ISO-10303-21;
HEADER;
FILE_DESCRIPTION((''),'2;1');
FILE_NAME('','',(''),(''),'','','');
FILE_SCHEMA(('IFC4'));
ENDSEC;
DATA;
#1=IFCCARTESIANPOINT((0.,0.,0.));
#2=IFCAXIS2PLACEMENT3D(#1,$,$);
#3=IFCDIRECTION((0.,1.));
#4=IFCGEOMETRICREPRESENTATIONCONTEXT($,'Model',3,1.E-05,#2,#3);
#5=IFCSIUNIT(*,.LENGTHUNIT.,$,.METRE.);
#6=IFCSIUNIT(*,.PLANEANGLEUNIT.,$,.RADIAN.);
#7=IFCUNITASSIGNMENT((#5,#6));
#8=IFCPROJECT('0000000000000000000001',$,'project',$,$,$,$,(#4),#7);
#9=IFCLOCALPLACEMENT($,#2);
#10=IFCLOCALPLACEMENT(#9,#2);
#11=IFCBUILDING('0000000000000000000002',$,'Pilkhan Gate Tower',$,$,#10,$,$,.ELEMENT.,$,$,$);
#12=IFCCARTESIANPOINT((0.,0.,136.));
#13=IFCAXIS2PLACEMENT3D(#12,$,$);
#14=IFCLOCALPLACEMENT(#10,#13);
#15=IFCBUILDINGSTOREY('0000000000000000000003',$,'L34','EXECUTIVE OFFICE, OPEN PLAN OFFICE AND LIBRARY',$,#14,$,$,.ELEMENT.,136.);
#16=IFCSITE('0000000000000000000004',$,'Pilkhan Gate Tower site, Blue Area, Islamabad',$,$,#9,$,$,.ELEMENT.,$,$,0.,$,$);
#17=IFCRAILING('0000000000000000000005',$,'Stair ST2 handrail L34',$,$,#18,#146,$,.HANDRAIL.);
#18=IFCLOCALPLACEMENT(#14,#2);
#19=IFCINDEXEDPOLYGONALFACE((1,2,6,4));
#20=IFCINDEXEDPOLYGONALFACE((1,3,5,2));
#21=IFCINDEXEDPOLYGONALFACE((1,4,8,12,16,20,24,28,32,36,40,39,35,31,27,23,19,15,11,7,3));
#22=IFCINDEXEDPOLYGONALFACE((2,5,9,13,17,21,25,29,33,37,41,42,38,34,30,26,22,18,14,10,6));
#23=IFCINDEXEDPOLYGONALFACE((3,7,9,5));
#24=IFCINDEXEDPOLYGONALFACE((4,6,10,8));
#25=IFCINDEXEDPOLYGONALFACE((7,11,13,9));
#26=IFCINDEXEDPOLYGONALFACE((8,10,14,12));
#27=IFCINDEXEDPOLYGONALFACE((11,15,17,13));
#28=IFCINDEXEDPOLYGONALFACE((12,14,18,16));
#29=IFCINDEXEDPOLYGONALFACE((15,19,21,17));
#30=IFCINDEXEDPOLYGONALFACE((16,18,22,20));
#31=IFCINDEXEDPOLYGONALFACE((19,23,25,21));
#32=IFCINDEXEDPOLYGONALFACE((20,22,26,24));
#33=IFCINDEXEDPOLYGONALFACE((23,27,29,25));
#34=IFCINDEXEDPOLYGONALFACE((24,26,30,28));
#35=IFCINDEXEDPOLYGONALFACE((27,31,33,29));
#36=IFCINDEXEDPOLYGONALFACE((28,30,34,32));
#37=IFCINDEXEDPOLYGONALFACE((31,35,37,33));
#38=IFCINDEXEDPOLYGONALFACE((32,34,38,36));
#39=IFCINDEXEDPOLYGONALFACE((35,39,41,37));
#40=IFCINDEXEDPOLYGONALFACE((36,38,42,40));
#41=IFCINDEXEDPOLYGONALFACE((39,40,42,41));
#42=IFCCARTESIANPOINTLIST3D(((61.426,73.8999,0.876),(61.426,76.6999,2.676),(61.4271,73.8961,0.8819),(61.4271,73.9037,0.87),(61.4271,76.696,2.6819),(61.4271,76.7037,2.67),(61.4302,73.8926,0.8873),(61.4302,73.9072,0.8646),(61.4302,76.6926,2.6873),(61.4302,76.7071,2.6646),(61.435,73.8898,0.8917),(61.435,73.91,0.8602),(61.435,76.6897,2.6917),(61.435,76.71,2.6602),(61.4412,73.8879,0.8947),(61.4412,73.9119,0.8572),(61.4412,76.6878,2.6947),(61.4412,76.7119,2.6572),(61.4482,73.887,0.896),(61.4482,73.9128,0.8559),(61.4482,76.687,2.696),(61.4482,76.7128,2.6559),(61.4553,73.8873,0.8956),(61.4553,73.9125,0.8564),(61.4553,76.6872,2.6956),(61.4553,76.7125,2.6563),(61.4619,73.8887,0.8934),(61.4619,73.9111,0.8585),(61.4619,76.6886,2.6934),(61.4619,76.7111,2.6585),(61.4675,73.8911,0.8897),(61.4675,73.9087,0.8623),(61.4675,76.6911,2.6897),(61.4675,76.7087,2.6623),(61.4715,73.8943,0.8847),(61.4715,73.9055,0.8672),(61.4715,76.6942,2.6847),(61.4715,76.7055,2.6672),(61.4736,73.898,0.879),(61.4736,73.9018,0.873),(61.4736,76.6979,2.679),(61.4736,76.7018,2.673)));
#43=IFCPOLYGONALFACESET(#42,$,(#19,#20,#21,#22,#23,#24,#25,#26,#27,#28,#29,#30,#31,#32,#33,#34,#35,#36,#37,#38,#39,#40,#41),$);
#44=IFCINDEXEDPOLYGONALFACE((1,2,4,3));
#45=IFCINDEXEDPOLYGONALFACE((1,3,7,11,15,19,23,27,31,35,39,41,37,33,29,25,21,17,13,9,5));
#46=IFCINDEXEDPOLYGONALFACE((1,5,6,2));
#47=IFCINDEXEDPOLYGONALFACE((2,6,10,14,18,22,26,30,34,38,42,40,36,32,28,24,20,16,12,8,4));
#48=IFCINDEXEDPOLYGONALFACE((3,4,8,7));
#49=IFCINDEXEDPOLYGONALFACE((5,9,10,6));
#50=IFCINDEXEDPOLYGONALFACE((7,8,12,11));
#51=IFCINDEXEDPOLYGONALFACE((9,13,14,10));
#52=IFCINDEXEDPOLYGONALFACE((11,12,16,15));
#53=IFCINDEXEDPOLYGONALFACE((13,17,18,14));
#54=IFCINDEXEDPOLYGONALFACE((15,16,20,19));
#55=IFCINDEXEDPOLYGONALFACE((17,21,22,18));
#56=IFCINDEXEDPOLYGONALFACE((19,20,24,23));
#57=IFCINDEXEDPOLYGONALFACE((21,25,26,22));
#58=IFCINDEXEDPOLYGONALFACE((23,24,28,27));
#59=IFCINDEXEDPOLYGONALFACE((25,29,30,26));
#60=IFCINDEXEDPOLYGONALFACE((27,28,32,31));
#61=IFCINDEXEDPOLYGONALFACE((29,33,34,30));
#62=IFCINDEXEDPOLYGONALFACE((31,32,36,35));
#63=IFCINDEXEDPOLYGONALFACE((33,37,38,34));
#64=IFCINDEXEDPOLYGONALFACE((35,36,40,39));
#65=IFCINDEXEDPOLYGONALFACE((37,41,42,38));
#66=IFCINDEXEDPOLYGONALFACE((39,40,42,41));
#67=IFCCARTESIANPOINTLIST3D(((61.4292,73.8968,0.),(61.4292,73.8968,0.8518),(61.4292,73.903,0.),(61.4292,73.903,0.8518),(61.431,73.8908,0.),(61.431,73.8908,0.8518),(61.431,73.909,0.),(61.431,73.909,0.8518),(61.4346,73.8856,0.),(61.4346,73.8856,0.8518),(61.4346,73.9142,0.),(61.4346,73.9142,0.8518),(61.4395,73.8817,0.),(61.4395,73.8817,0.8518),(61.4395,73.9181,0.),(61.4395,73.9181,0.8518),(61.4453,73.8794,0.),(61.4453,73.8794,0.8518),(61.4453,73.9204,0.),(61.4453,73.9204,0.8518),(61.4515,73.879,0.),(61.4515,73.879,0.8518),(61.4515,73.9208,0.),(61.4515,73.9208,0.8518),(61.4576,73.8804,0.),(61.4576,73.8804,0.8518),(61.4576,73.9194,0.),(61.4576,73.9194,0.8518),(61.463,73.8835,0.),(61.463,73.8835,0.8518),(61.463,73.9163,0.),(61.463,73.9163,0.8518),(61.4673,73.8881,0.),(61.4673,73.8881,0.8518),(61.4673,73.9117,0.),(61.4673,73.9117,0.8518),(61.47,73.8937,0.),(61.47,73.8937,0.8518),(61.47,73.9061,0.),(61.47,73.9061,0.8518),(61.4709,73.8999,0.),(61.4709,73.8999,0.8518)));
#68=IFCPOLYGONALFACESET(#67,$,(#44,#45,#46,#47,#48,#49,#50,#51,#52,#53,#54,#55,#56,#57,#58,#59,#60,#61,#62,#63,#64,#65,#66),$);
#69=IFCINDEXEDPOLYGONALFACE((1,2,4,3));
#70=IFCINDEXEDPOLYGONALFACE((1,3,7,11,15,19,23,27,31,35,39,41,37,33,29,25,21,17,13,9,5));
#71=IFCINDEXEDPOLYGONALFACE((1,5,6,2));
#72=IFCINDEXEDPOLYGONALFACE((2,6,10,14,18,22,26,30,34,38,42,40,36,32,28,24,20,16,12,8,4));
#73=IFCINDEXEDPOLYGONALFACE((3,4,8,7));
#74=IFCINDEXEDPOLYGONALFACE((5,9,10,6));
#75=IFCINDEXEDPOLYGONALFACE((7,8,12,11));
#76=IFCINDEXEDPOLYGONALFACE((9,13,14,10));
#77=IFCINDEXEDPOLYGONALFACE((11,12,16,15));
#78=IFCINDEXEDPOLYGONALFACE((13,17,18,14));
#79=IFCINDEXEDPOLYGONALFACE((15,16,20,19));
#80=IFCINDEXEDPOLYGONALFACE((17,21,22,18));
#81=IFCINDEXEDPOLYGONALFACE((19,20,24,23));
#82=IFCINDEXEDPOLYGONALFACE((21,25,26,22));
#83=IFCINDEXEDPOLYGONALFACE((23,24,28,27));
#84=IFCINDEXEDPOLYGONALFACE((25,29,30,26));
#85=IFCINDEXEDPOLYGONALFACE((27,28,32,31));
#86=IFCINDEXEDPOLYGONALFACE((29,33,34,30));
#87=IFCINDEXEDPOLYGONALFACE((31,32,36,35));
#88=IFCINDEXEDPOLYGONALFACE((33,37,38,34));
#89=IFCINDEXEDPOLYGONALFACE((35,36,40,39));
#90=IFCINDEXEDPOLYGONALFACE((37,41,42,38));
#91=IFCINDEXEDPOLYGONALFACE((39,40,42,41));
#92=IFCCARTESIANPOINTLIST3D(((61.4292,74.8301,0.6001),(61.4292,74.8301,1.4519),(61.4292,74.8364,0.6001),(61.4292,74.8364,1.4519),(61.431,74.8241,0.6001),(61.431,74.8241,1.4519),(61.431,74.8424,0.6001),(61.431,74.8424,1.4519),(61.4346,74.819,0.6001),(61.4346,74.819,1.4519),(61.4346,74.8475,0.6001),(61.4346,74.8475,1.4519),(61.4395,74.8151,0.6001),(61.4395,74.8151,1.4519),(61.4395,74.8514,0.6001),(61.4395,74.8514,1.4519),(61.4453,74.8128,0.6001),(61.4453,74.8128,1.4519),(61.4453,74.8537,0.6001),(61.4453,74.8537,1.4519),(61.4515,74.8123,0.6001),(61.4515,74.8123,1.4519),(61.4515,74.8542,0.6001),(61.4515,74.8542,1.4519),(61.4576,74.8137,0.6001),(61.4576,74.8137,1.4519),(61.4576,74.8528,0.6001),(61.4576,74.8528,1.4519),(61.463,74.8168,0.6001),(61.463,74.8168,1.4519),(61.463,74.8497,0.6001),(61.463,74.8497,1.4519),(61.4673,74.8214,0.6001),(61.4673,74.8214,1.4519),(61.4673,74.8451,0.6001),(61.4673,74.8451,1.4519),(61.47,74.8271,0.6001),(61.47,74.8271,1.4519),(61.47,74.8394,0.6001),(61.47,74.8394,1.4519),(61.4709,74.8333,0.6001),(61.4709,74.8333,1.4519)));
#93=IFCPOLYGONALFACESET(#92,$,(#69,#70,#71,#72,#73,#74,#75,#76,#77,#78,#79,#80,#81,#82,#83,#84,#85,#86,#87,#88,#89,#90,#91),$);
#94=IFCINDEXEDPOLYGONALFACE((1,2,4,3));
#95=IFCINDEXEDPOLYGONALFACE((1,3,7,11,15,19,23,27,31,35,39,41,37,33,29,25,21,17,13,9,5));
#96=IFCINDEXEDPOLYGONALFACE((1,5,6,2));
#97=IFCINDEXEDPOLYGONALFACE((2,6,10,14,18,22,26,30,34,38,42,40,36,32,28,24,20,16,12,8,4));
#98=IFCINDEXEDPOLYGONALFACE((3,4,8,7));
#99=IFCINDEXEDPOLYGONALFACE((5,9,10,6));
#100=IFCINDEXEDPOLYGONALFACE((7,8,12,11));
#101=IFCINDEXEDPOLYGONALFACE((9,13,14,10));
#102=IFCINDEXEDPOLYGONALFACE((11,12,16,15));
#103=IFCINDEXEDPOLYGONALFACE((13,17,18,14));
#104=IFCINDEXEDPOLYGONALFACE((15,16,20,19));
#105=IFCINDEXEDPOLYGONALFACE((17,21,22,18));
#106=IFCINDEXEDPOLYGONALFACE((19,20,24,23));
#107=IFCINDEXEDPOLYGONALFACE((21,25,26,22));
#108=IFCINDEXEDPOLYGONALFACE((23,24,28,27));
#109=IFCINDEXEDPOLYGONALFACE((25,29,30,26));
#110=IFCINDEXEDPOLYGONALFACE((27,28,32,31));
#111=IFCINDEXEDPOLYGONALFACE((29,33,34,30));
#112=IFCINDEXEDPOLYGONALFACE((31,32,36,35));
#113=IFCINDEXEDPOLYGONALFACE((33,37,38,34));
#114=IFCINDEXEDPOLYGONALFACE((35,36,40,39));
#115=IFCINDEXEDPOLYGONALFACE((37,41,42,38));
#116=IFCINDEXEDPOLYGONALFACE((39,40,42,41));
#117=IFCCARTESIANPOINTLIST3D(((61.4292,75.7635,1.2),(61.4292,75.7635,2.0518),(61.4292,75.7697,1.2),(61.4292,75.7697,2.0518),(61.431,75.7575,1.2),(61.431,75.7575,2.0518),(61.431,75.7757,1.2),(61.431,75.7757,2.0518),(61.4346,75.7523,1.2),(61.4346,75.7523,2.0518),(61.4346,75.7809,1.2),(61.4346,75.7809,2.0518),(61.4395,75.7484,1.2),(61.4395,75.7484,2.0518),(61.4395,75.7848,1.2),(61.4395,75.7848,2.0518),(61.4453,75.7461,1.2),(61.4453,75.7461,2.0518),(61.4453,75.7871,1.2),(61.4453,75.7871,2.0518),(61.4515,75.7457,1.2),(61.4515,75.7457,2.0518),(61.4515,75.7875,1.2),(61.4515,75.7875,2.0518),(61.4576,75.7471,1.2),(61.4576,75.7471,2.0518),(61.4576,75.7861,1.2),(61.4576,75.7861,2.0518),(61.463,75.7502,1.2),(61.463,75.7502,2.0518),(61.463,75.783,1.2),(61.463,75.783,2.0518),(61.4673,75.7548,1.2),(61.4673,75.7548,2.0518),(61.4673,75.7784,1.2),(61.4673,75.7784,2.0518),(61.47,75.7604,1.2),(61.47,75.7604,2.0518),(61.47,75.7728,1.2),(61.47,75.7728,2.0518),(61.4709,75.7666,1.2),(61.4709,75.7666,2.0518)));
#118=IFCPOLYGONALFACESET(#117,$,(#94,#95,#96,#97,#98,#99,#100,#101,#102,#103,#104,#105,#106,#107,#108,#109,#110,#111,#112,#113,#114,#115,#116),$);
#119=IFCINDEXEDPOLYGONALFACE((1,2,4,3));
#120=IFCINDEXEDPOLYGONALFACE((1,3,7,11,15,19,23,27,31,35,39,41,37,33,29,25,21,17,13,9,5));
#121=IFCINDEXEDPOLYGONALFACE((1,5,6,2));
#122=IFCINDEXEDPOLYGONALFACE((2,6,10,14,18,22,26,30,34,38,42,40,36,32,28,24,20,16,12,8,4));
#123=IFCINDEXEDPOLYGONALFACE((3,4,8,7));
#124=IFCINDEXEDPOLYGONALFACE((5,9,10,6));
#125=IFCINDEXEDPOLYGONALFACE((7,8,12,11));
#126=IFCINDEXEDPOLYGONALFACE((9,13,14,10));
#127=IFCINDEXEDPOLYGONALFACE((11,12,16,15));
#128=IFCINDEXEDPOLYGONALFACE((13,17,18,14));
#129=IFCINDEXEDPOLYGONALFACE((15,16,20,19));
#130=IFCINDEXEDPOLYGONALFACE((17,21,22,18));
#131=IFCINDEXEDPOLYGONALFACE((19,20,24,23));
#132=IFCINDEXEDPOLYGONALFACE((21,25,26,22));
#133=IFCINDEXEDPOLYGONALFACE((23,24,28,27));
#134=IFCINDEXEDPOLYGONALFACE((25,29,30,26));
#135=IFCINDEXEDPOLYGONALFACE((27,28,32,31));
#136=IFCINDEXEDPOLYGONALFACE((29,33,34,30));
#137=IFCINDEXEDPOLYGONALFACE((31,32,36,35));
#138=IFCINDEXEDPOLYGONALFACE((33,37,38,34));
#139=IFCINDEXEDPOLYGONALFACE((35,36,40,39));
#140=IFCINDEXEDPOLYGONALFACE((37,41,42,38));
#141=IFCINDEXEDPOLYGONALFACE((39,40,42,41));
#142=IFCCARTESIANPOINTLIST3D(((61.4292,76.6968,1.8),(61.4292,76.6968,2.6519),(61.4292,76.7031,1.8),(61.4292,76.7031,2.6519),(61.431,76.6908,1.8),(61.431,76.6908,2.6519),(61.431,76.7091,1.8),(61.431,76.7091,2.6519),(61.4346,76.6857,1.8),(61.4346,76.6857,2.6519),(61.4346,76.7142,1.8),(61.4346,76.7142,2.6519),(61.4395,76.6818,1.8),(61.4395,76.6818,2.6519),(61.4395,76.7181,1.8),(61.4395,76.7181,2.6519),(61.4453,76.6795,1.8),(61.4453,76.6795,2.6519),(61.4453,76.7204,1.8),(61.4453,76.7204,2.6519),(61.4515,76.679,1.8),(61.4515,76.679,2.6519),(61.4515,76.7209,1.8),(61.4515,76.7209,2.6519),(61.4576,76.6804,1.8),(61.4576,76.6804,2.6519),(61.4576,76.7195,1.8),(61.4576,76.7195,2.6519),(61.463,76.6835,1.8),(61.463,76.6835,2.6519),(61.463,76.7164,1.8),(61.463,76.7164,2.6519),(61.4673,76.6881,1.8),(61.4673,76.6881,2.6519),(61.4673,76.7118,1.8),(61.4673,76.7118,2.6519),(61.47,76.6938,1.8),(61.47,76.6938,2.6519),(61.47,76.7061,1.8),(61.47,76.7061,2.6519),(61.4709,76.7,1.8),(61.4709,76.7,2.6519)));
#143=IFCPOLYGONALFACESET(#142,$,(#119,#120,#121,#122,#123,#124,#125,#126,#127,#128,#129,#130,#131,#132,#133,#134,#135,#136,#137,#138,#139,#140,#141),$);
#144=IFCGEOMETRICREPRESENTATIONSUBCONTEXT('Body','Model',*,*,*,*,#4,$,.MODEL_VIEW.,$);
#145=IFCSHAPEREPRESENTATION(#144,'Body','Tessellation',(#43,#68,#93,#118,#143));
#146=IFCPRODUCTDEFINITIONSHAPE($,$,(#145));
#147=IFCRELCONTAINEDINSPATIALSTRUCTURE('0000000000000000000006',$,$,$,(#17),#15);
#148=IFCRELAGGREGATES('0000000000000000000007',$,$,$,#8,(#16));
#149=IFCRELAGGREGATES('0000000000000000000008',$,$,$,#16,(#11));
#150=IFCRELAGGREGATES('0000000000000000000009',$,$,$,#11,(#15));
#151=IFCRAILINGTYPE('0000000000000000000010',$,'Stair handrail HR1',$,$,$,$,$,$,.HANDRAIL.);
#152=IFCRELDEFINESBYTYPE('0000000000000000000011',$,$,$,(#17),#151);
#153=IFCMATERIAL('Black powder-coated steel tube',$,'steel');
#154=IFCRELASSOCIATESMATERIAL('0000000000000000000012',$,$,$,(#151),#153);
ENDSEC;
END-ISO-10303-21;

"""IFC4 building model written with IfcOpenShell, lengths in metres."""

from ifc_helpers import new_model, si_unit, direction, frame, origin, origin_2d, place, context, subcontext, project, spatial, circle, extrude, material, type_object, element, save


model = new_model("IFC4")

# Units and contexts
model_context = context("Model", 3, precision=1e-05, world=origin(), true_north=direction((0.0, 1.0)))
body_context = subcontext(model_context, "Body", "Model", "MODEL_VIEW")
ifc_project = project(units=[si_unit("LENGTHUNIT", "METRE"), si_unit("PLANEANGLEUNIT", "RADIAN")], contexts=[model_context])

# Site, building, storey
site_placement = place(None, origin())
site = spatial("IfcSite", under=ifc_project, at=site_placement, Name="Pilkhan Gate Tower site, Blue Area, Islamabad", CompositionType="ELEMENT", RefElevation=0.0)
building_placement = place(site_placement, origin())
building = spatial("IfcBuilding", under=site, at=building_placement, Name="Pilkhan Gate Tower", CompositionType="ELEMENT")
storey_placement = place(building_placement, frame((0.0, 0.0, 136.0)))
storey = spatial("IfcBuildingStorey", under=building, at=storey_placement, Name="L34", Description="EXECUTIVE OFFICE, OPEN PLAN OFFICE AND LIBRARY", CompositionType="ELEMENT", Elevation=136.0)

# Railing
ifc_material_1 = material(Name="Black powder-coated steel tube", Category="steel")
railing_type_1 = type_object("IfcRailingType", Name="Stair handrail HR1", PredefinedType="HANDRAIL", material=ifc_material_1)
railing_1_placement = place(storey_placement, frame((61.45, 73.8999, 0.0)))
element("IfcRailing", 1, at=railing_1_placement, inside=storey, type_object=railing_type_1, Name="Stair ST2 handrail L34", PredefinedType="HANDRAIL", context=body_context, shape_type="SweptSolid", body=[
    extrude(circle(Radius=0.0239, at=origin_2d()), frame((0.0, 0.0, 0.876), z_axis=(0.0, 0.841176, 0.540761), x_axis=(-1.0, 0.0, 0.0)), (0.0, 0.0, 1.0), 3.3286),
    extrude(circle(Radius=0.021, at=origin_2d()), origin(), (0.0, 0.0, 1.0), 0.8518),
    extrude(circle(Radius=0.021, at=origin_2d()), frame((0.0, 0.9333, 0.6001)), (0.0, 0.0, 1.0), 0.8518),
    extrude(circle(Radius=0.021, at=origin_2d()), frame((0.0, 1.8667, 1.2)), (0.0, 0.0, 1.0), 0.8518),
    extrude(circle(Radius=0.021, at=origin_2d()), frame((0.0, 2.8, 1.8)), (0.0, 0.0, 1.0), 0.8518),
])

save(model, "model.ifc")
